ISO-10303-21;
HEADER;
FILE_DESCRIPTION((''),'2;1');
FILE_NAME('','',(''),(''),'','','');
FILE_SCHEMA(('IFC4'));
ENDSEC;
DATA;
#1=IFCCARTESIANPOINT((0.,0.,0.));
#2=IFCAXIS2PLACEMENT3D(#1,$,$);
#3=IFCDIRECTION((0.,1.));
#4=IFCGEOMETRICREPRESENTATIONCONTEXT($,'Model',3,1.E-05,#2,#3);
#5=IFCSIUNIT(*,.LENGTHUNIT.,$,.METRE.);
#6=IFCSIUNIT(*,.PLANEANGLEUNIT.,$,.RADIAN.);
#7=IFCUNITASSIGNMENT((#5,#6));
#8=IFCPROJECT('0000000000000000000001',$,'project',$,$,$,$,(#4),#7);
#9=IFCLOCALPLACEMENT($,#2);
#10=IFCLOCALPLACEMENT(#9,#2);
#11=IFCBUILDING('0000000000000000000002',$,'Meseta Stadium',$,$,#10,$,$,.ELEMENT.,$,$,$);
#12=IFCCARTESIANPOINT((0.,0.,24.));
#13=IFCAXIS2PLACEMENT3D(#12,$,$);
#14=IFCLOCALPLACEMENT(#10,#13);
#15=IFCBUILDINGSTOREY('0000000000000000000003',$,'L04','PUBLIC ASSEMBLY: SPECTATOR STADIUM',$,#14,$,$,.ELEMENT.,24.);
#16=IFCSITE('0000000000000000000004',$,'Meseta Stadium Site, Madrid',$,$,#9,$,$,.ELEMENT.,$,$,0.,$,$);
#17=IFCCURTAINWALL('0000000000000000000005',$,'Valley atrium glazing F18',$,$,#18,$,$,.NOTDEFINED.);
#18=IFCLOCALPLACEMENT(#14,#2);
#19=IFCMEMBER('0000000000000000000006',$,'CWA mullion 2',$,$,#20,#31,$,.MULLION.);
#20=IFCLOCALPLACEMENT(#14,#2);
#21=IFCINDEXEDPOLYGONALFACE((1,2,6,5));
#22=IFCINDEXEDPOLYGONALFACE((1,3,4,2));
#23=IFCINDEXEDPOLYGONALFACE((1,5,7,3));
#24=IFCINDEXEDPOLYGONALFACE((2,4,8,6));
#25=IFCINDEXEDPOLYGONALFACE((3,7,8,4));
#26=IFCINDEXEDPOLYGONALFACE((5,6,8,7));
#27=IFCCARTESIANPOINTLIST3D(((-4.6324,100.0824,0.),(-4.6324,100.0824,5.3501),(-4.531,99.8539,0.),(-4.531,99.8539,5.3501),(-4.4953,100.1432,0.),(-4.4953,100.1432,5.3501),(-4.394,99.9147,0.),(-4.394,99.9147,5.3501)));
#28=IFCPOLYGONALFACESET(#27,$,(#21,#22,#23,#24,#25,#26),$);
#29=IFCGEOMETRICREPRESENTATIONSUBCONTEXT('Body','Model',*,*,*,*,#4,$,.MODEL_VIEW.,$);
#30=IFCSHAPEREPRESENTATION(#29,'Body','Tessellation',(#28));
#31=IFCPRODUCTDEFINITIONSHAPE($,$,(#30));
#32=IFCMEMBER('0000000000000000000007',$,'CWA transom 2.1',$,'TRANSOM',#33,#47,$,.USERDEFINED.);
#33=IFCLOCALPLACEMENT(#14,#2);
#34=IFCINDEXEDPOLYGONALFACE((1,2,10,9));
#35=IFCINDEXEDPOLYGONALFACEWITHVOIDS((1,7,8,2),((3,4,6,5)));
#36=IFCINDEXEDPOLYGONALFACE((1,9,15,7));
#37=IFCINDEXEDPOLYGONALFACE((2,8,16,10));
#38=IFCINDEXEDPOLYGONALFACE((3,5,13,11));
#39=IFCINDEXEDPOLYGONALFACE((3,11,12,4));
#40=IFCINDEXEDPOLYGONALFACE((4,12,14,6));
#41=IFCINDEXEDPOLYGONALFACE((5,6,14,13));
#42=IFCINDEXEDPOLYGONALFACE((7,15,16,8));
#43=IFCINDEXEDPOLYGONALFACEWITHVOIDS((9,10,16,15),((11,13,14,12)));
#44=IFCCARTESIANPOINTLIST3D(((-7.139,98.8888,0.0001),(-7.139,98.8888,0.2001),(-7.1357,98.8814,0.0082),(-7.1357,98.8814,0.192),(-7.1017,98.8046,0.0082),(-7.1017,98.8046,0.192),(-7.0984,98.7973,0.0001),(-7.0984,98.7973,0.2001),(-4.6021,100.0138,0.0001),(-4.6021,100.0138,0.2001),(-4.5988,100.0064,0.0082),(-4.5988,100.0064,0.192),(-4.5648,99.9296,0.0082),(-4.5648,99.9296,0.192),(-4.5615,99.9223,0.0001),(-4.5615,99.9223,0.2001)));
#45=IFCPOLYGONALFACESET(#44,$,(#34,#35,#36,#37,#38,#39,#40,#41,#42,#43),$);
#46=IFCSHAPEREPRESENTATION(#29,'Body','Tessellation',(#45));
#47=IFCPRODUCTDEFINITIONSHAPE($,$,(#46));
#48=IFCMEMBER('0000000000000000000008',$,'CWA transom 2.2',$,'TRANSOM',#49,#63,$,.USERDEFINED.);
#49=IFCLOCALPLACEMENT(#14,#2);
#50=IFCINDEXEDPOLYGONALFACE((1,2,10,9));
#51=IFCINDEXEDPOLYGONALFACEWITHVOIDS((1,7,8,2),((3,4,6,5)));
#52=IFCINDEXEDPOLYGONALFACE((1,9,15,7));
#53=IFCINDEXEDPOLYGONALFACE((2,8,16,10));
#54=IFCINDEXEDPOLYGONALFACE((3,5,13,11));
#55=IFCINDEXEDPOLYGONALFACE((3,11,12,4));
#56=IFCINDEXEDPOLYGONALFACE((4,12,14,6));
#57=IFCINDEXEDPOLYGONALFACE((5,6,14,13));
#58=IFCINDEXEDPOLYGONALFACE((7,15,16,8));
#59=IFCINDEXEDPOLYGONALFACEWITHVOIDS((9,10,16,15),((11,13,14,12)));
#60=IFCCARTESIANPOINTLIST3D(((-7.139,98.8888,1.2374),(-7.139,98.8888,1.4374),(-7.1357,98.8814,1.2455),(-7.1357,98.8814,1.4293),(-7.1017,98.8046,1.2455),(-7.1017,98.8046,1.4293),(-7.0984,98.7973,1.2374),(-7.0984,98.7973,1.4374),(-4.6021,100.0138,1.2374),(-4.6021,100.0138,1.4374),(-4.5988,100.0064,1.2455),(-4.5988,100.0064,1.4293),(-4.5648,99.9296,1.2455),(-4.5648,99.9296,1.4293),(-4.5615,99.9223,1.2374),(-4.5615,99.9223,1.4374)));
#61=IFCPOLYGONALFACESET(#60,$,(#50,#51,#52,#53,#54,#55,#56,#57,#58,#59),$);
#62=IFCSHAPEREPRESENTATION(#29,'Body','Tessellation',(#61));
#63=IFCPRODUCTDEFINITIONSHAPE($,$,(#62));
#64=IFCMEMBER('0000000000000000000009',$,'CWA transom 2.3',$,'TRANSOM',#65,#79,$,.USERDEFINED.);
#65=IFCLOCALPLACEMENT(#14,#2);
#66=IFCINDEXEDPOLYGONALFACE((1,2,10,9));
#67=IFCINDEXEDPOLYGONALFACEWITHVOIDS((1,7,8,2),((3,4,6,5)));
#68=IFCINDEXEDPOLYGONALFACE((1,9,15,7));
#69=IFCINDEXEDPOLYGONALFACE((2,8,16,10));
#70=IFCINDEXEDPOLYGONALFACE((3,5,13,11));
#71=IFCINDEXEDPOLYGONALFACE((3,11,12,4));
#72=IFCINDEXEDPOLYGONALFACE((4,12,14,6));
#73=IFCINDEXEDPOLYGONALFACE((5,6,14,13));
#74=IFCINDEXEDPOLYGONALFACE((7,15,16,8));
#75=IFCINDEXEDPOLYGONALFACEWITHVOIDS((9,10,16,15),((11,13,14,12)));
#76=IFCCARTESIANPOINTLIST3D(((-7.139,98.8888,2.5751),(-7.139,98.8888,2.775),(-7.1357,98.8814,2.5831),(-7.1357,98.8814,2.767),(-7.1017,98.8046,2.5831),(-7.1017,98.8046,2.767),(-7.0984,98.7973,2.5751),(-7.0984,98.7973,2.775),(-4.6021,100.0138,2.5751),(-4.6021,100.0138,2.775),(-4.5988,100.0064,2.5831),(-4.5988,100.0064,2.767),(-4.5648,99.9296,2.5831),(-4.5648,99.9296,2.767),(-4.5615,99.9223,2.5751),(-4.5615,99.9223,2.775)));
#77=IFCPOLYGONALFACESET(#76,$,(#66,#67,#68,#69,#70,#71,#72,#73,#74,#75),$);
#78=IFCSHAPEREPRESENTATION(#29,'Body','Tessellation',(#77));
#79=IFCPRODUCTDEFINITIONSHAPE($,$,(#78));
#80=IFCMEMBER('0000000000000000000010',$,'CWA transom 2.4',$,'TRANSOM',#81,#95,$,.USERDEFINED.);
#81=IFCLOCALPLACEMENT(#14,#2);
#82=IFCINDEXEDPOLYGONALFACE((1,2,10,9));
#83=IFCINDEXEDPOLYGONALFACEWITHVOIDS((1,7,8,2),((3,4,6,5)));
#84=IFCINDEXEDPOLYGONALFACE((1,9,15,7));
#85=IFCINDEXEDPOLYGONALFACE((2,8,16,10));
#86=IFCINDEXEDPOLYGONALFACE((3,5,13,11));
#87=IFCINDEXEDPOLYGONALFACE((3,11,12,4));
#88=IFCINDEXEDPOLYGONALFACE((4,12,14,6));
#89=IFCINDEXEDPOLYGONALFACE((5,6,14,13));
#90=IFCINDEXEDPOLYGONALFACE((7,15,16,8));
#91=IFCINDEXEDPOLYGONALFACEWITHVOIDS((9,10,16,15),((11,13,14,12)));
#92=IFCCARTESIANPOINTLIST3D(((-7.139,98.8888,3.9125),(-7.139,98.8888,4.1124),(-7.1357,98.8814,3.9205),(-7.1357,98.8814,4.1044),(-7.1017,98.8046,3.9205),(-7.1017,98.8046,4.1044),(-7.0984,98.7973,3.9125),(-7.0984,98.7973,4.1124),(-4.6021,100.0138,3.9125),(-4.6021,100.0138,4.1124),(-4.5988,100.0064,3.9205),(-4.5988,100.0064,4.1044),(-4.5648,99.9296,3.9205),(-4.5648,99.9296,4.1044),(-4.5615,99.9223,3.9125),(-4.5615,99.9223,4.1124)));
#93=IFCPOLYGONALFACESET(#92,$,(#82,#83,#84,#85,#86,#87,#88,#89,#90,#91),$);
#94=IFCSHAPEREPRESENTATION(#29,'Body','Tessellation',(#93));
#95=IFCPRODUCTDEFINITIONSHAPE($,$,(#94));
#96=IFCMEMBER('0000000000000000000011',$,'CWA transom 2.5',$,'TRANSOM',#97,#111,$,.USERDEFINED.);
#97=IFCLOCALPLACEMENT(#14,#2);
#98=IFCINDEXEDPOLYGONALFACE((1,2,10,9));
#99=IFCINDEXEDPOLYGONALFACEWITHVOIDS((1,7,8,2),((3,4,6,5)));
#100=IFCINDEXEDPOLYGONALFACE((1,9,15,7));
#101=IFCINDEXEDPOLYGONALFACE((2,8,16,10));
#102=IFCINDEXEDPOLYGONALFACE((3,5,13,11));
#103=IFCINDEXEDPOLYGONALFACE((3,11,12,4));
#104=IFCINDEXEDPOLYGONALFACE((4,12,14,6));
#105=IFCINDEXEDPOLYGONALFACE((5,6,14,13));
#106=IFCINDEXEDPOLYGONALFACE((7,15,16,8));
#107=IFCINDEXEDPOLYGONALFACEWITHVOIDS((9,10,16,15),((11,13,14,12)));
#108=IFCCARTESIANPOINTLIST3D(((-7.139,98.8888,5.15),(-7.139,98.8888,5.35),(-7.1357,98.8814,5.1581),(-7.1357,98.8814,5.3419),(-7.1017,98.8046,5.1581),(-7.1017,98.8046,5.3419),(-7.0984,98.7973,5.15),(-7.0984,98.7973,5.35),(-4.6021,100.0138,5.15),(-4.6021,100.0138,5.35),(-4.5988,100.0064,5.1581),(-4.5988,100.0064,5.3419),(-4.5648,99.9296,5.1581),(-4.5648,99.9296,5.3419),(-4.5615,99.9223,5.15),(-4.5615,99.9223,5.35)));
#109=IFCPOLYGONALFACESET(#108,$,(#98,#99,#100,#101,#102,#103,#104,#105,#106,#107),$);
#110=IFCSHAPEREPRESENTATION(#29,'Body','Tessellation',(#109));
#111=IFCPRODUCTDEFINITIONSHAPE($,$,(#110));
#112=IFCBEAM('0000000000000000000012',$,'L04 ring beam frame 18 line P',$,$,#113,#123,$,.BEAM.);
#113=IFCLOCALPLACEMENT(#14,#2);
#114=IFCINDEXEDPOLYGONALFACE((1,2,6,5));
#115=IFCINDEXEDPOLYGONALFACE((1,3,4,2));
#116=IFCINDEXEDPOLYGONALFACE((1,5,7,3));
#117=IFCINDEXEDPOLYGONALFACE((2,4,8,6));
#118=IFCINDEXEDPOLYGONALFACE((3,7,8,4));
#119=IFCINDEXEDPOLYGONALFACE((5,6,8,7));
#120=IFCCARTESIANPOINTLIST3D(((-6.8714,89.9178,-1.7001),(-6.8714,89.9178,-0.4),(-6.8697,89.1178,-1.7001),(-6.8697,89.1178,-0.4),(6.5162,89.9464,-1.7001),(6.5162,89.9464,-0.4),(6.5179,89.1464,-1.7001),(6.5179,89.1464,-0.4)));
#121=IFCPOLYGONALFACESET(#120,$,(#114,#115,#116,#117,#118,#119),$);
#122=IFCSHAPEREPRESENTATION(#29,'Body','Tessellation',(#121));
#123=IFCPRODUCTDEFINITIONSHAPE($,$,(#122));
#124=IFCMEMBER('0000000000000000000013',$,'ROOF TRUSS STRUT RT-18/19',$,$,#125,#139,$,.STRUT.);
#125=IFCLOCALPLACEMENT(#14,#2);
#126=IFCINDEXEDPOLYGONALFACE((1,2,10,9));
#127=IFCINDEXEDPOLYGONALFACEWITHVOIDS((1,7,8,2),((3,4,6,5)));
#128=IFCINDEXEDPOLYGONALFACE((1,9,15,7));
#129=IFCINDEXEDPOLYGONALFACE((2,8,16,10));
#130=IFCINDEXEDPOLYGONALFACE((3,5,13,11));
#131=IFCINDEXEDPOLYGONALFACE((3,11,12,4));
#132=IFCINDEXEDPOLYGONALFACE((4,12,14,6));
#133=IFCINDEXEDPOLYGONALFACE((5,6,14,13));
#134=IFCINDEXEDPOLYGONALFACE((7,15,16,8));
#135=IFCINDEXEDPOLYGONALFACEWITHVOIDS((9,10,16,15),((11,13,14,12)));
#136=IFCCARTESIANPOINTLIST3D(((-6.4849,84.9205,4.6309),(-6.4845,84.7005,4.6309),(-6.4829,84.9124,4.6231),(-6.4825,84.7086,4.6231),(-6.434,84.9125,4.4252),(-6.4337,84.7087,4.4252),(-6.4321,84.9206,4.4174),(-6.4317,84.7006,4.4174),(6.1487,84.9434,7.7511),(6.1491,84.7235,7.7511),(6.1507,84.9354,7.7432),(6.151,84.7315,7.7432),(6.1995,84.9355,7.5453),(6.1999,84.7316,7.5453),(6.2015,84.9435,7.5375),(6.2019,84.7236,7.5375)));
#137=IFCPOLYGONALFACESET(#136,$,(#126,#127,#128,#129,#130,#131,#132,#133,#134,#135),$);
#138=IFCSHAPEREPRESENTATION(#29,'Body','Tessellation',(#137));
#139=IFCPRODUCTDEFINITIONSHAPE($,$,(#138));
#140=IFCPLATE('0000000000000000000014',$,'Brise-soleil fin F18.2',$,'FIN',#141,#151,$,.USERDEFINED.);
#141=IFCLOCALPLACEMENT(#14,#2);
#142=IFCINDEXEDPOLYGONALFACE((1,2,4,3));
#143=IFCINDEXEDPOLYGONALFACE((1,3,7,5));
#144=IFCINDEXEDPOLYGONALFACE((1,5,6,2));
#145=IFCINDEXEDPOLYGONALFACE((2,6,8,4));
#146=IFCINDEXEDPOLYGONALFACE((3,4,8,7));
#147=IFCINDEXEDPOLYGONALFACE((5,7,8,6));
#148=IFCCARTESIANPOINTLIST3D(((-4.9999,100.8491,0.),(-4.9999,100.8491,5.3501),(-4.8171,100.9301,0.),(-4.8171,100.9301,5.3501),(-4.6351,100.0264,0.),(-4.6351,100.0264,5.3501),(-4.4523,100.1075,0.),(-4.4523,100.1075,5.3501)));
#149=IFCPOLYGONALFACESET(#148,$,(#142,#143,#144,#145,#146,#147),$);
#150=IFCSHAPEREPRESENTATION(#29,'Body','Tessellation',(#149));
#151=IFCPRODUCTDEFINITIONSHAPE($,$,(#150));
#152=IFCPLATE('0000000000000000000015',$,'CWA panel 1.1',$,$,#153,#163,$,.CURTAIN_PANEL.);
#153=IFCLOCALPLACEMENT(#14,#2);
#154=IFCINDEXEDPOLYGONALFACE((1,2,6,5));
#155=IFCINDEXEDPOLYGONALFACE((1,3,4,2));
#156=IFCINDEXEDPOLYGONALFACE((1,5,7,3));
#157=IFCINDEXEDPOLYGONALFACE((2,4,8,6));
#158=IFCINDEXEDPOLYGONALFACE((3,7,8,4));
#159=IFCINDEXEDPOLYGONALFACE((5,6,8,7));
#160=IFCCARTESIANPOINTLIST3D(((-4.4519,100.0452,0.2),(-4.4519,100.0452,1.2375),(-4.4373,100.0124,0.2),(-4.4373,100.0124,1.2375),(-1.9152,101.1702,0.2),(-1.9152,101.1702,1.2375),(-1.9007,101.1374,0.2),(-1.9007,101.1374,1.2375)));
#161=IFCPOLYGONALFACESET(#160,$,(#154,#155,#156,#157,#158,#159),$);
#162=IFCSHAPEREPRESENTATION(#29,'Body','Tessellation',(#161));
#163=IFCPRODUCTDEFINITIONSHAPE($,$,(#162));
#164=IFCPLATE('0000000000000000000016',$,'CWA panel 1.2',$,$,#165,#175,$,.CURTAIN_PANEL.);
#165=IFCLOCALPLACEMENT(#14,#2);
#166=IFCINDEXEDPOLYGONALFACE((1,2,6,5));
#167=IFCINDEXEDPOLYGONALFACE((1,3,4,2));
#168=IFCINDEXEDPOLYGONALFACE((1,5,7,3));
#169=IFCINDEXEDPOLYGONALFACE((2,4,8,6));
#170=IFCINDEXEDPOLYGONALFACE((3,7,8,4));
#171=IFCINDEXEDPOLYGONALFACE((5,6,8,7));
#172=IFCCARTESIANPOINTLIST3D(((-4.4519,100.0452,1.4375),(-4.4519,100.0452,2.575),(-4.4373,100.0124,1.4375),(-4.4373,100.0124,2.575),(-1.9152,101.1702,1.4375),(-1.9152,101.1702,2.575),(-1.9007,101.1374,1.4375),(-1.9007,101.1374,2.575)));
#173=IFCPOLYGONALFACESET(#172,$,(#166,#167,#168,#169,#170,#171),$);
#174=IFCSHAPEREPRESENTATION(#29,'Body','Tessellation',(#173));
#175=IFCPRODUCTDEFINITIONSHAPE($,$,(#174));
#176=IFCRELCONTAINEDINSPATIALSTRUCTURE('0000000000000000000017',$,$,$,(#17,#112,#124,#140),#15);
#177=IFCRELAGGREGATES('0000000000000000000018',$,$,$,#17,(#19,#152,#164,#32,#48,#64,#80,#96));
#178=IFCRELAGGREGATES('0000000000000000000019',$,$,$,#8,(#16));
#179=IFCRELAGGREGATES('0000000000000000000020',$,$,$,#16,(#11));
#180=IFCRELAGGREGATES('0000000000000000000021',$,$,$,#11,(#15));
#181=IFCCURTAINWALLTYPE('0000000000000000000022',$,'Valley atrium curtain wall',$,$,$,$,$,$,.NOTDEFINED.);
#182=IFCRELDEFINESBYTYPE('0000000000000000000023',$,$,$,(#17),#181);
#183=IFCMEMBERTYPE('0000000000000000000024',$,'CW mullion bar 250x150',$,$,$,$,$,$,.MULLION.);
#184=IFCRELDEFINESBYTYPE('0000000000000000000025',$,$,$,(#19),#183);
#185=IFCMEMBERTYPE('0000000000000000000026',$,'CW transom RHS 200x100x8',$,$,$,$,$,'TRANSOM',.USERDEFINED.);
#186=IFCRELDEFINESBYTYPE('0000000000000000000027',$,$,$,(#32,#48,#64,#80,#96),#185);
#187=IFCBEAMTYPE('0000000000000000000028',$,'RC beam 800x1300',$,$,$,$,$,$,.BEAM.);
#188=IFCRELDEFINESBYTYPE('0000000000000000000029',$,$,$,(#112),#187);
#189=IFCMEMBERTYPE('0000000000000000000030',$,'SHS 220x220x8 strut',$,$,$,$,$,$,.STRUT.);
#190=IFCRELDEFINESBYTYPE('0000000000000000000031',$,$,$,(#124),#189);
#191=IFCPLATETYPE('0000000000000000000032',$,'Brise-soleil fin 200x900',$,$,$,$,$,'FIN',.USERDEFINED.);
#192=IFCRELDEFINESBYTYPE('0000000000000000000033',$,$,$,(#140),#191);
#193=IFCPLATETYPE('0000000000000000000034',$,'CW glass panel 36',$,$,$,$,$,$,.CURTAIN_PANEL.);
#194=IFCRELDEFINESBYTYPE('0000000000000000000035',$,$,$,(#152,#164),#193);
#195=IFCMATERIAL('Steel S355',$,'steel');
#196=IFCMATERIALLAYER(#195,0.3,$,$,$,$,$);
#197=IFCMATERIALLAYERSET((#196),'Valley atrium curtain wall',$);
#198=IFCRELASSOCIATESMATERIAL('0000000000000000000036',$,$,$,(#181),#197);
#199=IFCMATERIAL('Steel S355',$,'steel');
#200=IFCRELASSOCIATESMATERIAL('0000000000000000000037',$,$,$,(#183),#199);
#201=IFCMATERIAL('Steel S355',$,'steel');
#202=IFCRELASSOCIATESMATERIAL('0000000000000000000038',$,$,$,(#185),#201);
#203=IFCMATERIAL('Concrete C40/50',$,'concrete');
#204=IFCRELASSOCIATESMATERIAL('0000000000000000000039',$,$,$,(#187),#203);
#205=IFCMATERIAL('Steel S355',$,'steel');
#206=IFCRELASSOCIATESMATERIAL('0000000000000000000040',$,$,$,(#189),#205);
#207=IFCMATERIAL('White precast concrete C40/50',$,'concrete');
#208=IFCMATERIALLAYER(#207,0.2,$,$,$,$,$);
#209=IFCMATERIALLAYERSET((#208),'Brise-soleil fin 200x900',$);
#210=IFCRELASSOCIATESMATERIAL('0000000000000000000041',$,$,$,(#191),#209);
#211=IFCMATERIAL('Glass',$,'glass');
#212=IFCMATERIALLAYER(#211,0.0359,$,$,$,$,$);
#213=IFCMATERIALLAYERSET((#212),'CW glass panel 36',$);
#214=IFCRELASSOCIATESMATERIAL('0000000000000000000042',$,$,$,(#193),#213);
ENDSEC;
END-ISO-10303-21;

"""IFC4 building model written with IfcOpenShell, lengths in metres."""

from ifc_helpers import new_model, si_unit, direction, frame, origin, origin_2d, place, context, subcontext, project, spatial, rectangle, hollow_rectangle, extrude, material, layer, layer_set, material_profile, profile_set, type_object, element, aggregate, save


model = new_model("IFC4")

# Units and contexts
model_context = context("Model", 3, precision=1e-05, world=origin(), true_north=direction((0.0, 1.0)))
body_context = subcontext(model_context, "Body", "Model", "MODEL_VIEW")
ifc_project = project(units=[si_unit("LENGTHUNIT", "METRE"), si_unit("PLANEANGLEUNIT", "RADIAN")], contexts=[model_context])

# Site, building, storey
site_placement = place(None, origin())
site = spatial("IfcSite", under=ifc_project, at=site_placement, Name="Meseta Stadium Site, Madrid", CompositionType="ELEMENT", RefElevation=0.0)
building_placement = place(site_placement, origin())
building = spatial("IfcBuilding", under=site, at=building_placement, Name="Meseta Stadium", CompositionType="ELEMENT")
storey_placement = place(building_placement, frame((0.0, 0.0, 24.0)))
storey = spatial("IfcBuildingStorey", under=building, at=storey_placement, Name="L04", Description="PUBLIC ASSEMBLY: SPECTATOR STADIUM", CompositionType="ELEMENT", Elevation=24.0)

# Curtain wall, members
ifc_material_1 = material(Name="Steel S355", Category="steel")
ifc_layer_1 = layer(ifc_material_1, 0.3)
ifc_layer_set_1 = layer_set([ifc_layer_1], Name="Valley atrium curtain wall")
curtain_wall_type = type_object("IfcCurtainWallType", Name="Valley atrium curtain wall", PredefinedType="NOTDEFINED", material=ifc_layer_set_1)
curtain_wall_placement = place(storey_placement, origin())
curtain_wall = element("IfcCurtainWall", 1, at=curtain_wall_placement, inside=storey, type_object=curtain_wall_type, Name="Valley atrium glazing F18", PredefinedType="NOTDEFINED")
ifc_material_2 = material(Name="Steel S355", Category="steel")
ifc_material_profile_1 = material_profile(ifc_material_2, rectangle(XDim=0.25, YDim=0.1499, at=origin_2d()), Name="CW 250x150")
ifc_profile_set_1 = profile_set([ifc_material_profile_1], Name="Steel S355")
member_type_1 = type_object("IfcMemberType", Name="CW mullion bar 250x150", PredefinedType="MULLION", material=ifc_profile_set_1)
member_1_placement = place(storey_placement, frame((-4.5132, 99.9985, 0.0), z_axis=(0.0, 0.0, 1.0), x_axis=(0.405401, -0.914139, 0.0)))
member_1 = element("IfcMember", 2, at=member_1_placement, type_object=member_type_1, Name="CWA mullion 2", PredefinedType="MULLION", context=body_context, shape_type="SweptSolid", body=[
    extrude(rectangle(XDim=0.25, YDim=0.1499, at=origin_2d()), origin(), (0.0, 0.0, 1.0), 5.3501),
])
ifc_material_3 = material(Name="Steel S355", Category="steel")
ifc_material_profile_2 = material_profile(ifc_material_3, hollow_rectangle(XDim=0.1001, YDim=0.2, WallThickness=0.0081, at=origin_2d()), Name="RHS 200x100x8")
ifc_profile_set_2 = profile_set([ifc_material_profile_2], Name="Steel S355")
member_type_2 = type_object("IfcMemberType", Name="CW transom RHS 200x100x8", ElementType="TRANSOM", PredefinedType="USERDEFINED", material=ifc_profile_set_2)
member_2_placement = place(storey_placement, frame((-4.5818, 99.968, 0.1001), z_axis=(-0.914145, -0.405387, 0.0), x_axis=(0.405387, -0.914145, 0.0)))
member_2 = element("IfcMember", 3, at=member_2_placement, type_object=member_type_2, Name="CWA transom 2.1", ObjectType="TRANSOM", PredefinedType="USERDEFINED", context=body_context, shape_type="SweptSolid", body=[
    extrude(hollow_rectangle(XDim=0.1001, YDim=0.2, WallThickness=0.0081, at=origin_2d()), origin(), (0.0, 0.0, 1.0), 2.7751),
])
member_3_placement = place(storey_placement, frame((-4.5818, 99.968, 1.3374), z_axis=(-0.914145, -0.405387, 0.0), x_axis=(0.405387, -0.914145, 0.0)))
member_3 = element("IfcMember", 4, at=member_3_placement, type_object=member_type_2, Name="CWA transom 2.2", ObjectType="TRANSOM", PredefinedType="USERDEFINED", context=body_context, shape_type="SweptSolid", body=[
    extrude(hollow_rectangle(XDim=0.1001, YDim=0.2, WallThickness=0.0081, at=origin_2d()), origin(), (0.0, 0.0, 1.0), 2.7751),
])
member_4_placement = place(storey_placement, frame((-4.5818, 99.968, 2.675), z_axis=(-0.914145, -0.405387, 0.0), x_axis=(0.405387, -0.914145, 0.0)))
member_4 = element("IfcMember", 5, at=member_4_placement, type_object=member_type_2, Name="CWA transom 2.3", ObjectType="TRANSOM", PredefinedType="USERDEFINED", context=body_context, shape_type="SweptSolid", body=[
    extrude(hollow_rectangle(XDim=0.1001, YDim=0.2, WallThickness=0.0081, at=origin_2d()), origin(), (0.0, 0.0, 1.0), 2.7751),
])
member_5_placement = place(storey_placement, frame((-4.5818, 99.968, 4.0125), z_axis=(-0.914145, -0.405387, 0.0), x_axis=(0.405387, -0.914145, 0.0)))
member_5 = element("IfcMember", 6, at=member_5_placement, type_object=member_type_2, Name="CWA transom 2.4", ObjectType="TRANSOM", PredefinedType="USERDEFINED", context=body_context, shape_type="SweptSolid", body=[
    extrude(hollow_rectangle(XDim=0.1001, YDim=0.2, WallThickness=0.0081, at=origin_2d()), origin(), (0.0, 0.0, 1.0), 2.7751),
])
member_6_placement = place(storey_placement, frame((-4.5818, 99.968, 5.25), z_axis=(-0.914145, -0.405387, 0.0), x_axis=(0.405387, -0.914145, 0.0)))
member_6 = element("IfcMember", 7, at=member_6_placement, type_object=member_type_2, Name="CWA transom 2.5", ObjectType="TRANSOM", PredefinedType="USERDEFINED", context=body_context, shape_type="SweptSolid", body=[
    extrude(hollow_rectangle(XDim=0.1001, YDim=0.2, WallThickness=0.0081, at=origin_2d()), origin(), (0.0, 0.0, 1.0), 2.7751),
])

# Beam
ifc_material_4 = material(Name="Concrete C40/50", Category="concrete")
ifc_material_profile_3 = material_profile(ifc_material_4, rectangle(XDim=0.8, YDim=1.3, at=origin_2d()), Name="RC 800x1300")
ifc_profile_set_3 = profile_set([ifc_material_profile_3], Name="Concrete C40/50")
beam_type = type_object("IfcBeamType", Name="RC beam 800x1300", PredefinedType="BEAM", material=ifc_profile_set_3)
beam_placement = place(storey_placement, frame((6.5171, 89.5464, -1.05), z_axis=(-0.999998, -0.002134, 0.0), x_axis=(0.002134, -0.999998, 0.0)))
element("IfcBeam", 8, at=beam_placement, inside=storey, type_object=beam_type, Name="L04 ring beam frame 18 line P", PredefinedType="BEAM", context=body_context, shape_type="SweptSolid", body=[
    extrude(rectangle(XDim=0.8, YDim=1.3, at=origin_2d()), origin(), (0.0, 0.0, 1.0), 13.3877),
])

# Member
ifc_material_5 = material(Name="Steel S355", Category="steel")
ifc_material_profile_4 = material_profile(ifc_material_5, hollow_rectangle(XDim=0.22, YDim=0.22, WallThickness=0.0081, at=origin_2d()), Name="SHS 220x220x8")
ifc_profile_set_4 = profile_set([ifc_material_profile_4], Name="Steel S355")
member_type_3 = type_object("IfcMemberType", Name="SHS 220x220x8 strut", PredefinedType="STRUT", material=ifc_profile_set_4)
member_7_placement = place(storey_placement, frame((6.1753, 84.8335, 7.6443), z_axis=(-0.970829, -0.001764, -0.239766), x_axis=(0.001817, -0.999998, 0.0)))
element("IfcMember", 9, at=member_7_placement, inside=storey, type_object=member_type_3, Name="ROOF TRUSS STRUT RT-18/19", PredefinedType="STRUT", context=body_context, shape_type="SweptSolid", body=[
    extrude(hollow_rectangle(XDim=0.22, YDim=0.22, WallThickness=0.0081, at=origin_2d()), origin(), (0.0, 0.0, 1.0), 13.0132),
])

# Plates
ifc_material_6 = material(Name="White precast concrete C40/50", Category="concrete")
ifc_layer_2 = layer(ifc_material_6, 0.2)
ifc_layer_set_2 = layer_set([ifc_layer_2], Name="Brise-soleil fin 200x900")
plate_type_1 = type_object("IfcPlateType", Name="Brise-soleil fin 200x900", ElementType="FIN", PredefinedType="USERDEFINED", material=ifc_layer_set_2)
plate_1_placement = place(storey_placement, frame((-4.7261, 100.4783, 0.0), z_axis=(0.0, 0.0, 1.0), x_axis=(-0.914139, -0.405401, 0.0)))
element("IfcPlate", 10, at=plate_1_placement, inside=storey, type_object=plate_type_1, Name="Brise-soleil fin F18.2", ObjectType="FIN", PredefinedType="USERDEFINED", context=body_context, shape_type="SweptSolid", body=[
    extrude(rectangle(XDim=0.2, YDim=0.8999, at=origin_2d()), origin(), (0.0, 0.0, 1.0), 5.3501),
])
ifc_material_7 = material(Name="Glass", Category="glass")
ifc_layer_3 = layer(ifc_material_7, 0.0359)
ifc_layer_set_3 = layer_set([ifc_layer_3], Name="CW glass panel 36")
plate_type_2 = type_object("IfcPlateType", Name="CW glass panel 36", PredefinedType="CURTAIN_PANEL", material=ifc_layer_set_3)
plate_2_placement = place(storey_placement, frame((-3.1763, 100.5913, 0.2), z_axis=(0.0, 0.0, 1.0), x_axis=(-0.914139, -0.405401, 0.0)))
plate_2 = element("IfcPlate", 11, at=plate_2_placement, type_object=plate_type_2, Name="CWA panel 1.1", PredefinedType="CURTAIN_PANEL", context=body_context, shape_type="SweptSolid", body=[
    extrude(rectangle(XDim=2.7749, YDim=0.0359, at=origin_2d()), origin(), (0.0, 0.0, 1.0), 1.0376),
])
plate_3_placement = place(storey_placement, frame((-3.1763, 100.5913, 1.4375), z_axis=(0.0, 0.0, 1.0), x_axis=(-0.914139, -0.405401, 0.0)))
plate_3 = element("IfcPlate", 12, at=plate_3_placement, type_object=plate_type_2, Name="CWA panel 1.2", PredefinedType="CURTAIN_PANEL", context=body_context, shape_type="SweptSolid", body=[
    extrude(rectangle(XDim=2.7749, YDim=0.0359, at=origin_2d()), origin(), (0.0, 0.0, 1.0), 1.1375),
])
aggregate(curtain_wall, [member_1, plate_2, plate_3, member_2, member_3, member_4, member_5, member_6])

save(model, "model.ifc")
